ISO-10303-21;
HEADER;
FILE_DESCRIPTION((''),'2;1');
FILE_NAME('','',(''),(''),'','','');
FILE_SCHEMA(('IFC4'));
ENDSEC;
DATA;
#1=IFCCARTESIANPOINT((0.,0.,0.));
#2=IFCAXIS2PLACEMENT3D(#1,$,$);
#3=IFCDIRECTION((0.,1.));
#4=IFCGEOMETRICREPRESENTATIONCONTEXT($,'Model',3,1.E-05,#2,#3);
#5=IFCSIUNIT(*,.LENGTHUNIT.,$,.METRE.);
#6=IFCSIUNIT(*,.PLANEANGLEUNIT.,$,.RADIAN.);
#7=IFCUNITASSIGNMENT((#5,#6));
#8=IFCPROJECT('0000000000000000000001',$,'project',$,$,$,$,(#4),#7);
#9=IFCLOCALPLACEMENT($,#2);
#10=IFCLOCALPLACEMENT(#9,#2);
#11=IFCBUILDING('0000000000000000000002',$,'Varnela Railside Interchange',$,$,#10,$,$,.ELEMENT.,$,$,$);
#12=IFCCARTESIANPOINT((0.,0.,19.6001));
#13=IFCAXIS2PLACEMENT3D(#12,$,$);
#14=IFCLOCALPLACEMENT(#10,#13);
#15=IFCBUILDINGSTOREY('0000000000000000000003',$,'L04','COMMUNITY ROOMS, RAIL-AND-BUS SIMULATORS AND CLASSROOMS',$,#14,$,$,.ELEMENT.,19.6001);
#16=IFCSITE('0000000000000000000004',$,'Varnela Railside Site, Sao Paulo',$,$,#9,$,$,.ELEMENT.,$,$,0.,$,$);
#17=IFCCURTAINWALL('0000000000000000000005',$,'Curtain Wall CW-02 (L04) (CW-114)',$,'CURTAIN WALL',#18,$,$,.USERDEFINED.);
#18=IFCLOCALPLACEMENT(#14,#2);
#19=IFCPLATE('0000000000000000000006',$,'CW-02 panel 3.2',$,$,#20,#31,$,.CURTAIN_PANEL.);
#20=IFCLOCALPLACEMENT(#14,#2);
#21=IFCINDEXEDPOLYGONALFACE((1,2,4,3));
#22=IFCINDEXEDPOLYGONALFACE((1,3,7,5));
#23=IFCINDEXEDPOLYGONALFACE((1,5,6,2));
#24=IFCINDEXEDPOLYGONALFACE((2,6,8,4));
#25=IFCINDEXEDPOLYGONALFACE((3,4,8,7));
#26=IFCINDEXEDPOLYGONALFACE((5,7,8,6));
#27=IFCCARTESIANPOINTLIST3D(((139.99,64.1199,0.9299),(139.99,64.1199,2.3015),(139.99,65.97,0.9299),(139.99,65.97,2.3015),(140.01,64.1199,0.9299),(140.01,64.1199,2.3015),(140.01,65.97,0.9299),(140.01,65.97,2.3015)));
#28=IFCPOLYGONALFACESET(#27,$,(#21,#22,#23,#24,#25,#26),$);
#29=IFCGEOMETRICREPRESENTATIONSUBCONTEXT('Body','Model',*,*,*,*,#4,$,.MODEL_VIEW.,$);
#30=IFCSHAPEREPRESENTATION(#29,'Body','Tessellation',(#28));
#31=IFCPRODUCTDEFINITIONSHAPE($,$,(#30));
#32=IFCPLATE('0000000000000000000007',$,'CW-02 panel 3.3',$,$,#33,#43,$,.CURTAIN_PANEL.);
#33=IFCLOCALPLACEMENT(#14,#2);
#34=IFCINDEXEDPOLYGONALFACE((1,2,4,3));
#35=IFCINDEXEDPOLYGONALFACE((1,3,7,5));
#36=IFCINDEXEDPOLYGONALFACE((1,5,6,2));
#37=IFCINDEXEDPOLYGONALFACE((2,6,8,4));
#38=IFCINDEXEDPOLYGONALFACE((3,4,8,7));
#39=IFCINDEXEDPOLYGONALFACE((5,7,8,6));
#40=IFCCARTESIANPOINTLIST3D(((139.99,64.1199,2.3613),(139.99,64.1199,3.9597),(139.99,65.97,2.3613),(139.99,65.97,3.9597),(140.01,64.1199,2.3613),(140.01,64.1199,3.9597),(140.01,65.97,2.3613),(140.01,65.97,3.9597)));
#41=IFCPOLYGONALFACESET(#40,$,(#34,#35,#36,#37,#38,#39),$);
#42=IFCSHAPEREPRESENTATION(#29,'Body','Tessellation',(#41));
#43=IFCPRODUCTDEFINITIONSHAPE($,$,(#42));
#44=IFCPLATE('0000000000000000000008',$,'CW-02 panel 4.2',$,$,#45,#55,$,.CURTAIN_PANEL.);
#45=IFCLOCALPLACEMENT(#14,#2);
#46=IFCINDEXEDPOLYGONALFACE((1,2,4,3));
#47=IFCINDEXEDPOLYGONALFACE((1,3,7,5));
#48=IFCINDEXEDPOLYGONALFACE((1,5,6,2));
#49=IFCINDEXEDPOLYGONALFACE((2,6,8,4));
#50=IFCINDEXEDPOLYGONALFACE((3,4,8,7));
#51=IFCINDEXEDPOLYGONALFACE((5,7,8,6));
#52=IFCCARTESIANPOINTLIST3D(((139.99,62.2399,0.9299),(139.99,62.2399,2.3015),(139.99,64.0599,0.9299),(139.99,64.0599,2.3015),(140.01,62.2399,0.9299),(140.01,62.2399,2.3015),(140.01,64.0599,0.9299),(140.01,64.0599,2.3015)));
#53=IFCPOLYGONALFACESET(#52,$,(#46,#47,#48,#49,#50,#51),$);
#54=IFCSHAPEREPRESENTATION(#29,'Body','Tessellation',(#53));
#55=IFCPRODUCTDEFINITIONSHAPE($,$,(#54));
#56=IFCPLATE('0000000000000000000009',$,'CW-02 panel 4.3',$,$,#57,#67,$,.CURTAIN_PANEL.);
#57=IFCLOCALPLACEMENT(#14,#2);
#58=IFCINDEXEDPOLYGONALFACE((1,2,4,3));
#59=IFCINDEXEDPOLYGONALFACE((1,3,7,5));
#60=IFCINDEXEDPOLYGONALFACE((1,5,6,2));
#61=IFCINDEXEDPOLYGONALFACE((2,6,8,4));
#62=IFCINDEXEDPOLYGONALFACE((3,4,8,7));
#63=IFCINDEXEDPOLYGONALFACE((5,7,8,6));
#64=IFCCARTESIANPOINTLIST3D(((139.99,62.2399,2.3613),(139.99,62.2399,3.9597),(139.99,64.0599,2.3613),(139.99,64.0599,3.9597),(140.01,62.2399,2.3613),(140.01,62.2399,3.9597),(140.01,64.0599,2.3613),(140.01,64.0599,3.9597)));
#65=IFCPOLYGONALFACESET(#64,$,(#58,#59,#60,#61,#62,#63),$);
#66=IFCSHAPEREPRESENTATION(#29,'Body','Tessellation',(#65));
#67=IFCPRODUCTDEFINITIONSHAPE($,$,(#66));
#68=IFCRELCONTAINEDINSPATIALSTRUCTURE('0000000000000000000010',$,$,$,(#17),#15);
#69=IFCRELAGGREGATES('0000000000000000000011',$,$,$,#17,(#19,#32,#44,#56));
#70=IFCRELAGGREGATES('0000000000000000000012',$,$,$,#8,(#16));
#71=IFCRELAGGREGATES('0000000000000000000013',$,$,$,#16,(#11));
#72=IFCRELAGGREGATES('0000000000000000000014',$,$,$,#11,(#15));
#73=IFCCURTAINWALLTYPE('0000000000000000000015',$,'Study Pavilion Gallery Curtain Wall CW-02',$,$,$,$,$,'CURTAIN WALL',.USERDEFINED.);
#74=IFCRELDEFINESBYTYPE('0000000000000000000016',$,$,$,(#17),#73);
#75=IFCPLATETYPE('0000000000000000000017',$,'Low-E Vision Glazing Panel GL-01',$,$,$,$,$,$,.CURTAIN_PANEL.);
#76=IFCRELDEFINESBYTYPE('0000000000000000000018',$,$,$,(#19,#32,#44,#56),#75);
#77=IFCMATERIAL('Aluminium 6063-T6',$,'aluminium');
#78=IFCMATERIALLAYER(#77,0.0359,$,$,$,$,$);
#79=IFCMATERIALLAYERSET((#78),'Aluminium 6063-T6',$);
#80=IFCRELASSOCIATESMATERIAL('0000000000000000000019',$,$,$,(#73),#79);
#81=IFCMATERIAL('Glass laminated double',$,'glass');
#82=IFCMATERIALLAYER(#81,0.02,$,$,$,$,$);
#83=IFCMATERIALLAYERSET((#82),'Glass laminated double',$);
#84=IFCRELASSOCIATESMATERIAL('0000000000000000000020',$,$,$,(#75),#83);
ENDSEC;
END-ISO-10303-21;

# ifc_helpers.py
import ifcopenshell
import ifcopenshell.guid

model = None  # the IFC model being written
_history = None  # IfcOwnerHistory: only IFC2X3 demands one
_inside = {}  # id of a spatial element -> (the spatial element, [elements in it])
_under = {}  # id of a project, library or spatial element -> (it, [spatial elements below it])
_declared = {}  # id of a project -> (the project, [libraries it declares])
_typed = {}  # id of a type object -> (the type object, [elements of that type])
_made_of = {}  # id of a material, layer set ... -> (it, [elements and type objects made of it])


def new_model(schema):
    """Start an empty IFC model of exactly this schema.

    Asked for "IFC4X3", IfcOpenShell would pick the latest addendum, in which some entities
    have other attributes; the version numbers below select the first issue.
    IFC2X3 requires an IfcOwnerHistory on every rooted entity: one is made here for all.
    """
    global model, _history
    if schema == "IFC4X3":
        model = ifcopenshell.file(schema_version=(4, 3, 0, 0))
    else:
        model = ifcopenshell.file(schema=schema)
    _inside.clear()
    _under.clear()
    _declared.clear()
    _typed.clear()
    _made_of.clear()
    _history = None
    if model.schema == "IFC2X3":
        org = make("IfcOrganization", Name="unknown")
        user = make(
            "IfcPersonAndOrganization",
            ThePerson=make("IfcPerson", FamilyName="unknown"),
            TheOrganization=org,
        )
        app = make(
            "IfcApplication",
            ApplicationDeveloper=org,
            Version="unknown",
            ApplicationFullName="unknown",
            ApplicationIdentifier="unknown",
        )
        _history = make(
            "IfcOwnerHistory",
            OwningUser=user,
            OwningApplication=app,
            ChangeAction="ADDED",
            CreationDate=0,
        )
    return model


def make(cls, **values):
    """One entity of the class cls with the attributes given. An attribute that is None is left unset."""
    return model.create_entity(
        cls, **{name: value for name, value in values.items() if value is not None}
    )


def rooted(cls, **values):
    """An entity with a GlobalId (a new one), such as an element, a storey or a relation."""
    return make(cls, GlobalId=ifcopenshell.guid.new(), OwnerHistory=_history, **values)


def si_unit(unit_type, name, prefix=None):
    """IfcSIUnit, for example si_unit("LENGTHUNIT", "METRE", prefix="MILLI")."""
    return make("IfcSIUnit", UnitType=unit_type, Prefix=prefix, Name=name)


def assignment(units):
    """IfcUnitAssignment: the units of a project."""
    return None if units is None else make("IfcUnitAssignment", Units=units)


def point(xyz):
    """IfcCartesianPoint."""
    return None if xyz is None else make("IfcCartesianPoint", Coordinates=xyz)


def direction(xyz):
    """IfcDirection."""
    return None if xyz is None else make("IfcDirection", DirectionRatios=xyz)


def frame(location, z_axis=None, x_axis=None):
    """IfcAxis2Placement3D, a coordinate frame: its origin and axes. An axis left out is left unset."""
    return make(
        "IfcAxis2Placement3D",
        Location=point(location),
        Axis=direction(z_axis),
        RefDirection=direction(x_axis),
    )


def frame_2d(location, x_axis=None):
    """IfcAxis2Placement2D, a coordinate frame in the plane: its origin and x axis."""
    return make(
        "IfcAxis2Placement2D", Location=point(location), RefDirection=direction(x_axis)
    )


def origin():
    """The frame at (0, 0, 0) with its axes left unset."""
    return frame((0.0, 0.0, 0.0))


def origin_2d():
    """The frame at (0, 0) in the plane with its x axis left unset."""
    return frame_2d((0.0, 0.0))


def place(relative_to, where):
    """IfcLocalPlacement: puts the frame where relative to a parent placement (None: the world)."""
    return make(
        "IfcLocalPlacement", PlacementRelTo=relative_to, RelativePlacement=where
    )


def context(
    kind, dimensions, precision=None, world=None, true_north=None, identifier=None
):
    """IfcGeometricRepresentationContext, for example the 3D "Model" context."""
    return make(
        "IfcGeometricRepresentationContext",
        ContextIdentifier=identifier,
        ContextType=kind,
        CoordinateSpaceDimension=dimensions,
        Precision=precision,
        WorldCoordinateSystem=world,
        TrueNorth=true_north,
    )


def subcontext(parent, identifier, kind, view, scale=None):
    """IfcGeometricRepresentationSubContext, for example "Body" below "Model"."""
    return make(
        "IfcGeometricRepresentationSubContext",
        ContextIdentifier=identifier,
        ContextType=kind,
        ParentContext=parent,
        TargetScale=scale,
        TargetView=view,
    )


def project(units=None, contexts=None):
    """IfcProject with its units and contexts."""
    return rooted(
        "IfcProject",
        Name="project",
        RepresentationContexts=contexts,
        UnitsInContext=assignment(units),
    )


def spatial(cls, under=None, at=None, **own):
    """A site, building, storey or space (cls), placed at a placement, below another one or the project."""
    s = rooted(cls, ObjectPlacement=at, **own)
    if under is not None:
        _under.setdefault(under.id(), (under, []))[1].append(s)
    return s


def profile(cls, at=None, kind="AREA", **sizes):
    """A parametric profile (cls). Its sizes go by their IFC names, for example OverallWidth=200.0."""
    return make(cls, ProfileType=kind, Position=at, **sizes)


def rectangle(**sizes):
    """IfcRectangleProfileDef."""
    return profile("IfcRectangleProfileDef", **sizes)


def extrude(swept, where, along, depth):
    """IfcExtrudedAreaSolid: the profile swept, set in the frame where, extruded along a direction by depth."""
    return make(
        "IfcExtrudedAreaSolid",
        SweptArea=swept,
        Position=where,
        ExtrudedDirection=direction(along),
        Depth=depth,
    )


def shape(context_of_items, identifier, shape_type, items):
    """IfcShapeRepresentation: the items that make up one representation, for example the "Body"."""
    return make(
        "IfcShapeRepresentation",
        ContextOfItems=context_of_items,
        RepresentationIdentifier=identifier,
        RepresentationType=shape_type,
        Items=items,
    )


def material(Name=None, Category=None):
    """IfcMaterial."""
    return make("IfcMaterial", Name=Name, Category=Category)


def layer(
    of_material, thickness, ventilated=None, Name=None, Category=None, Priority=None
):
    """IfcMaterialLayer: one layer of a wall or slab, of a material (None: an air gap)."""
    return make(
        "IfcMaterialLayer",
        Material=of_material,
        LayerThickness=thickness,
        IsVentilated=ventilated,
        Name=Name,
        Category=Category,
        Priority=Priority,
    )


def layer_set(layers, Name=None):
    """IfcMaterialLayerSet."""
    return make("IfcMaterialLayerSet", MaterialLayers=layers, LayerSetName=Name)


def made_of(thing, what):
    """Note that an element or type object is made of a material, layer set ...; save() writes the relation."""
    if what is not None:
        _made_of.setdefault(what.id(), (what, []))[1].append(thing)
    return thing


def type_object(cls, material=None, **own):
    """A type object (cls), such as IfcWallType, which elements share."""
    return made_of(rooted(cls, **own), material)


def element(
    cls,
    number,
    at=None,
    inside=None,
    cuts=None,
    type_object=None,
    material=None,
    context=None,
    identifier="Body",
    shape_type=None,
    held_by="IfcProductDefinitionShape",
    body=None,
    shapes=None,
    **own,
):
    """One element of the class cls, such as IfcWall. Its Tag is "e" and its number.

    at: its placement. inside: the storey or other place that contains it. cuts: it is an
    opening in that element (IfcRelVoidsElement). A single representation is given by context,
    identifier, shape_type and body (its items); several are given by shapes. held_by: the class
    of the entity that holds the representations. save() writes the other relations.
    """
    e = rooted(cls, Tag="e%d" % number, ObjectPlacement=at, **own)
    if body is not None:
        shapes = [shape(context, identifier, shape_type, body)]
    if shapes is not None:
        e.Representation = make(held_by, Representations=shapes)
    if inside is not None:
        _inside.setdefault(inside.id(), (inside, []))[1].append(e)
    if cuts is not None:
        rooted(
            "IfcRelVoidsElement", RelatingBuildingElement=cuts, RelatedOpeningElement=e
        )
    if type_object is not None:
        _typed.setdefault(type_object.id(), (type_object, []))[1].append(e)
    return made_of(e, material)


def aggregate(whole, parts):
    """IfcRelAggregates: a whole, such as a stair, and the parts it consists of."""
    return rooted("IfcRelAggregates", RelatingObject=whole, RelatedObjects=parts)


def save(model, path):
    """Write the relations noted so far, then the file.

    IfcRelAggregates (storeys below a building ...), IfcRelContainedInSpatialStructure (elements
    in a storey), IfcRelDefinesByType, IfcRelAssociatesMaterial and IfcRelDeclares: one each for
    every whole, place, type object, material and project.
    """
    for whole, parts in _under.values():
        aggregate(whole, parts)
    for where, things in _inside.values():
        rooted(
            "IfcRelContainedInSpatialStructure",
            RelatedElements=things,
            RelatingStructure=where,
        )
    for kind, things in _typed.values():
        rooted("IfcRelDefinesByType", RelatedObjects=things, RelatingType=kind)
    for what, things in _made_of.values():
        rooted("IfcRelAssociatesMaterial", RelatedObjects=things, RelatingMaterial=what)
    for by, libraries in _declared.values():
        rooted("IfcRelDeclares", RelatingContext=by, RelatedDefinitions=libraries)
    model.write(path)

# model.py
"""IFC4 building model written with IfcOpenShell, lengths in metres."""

from ifc_helpers import new_model, si_unit, direction, frame, origin, origin_2d, place, context, subcontext, project, spatial, rectangle, extrude, material, layer, layer_set, type_object, element, aggregate, save


model = new_model("IFC4")

# Units and contexts
model_context = context("Model", 3, precision=1e-05, world=origin(), true_north=direction((0.0, 1.0)))
body_context = subcontext(model_context, "Body", "Model", "MODEL_VIEW")
ifc_project = project(units=[si_unit("LENGTHUNIT", "METRE"), si_unit("PLANEANGLEUNIT", "RADIAN")], contexts=[model_context])

# Site, building, storey
site_placement = place(None, origin())
site = spatial("IfcSite", under=ifc_project, at=site_placement, Name="Varnela Railside Site, Sao Paulo", CompositionType="ELEMENT", RefElevation=0.0)
building_placement = place(site_placement, origin())
building = spatial("IfcBuilding", under=site, at=building_placement, Name="Varnela Railside Interchange", CompositionType="ELEMENT")
storey_placement = place(building_placement, frame((0.0, 0.0, 19.6001)))
storey = spatial("IfcBuildingStorey", under=building, at=storey_placement, Name="L04", Description="COMMUNITY ROOMS, RAIL-AND-BUS SIMULATORS AND CLASSROOMS", CompositionType="ELEMENT", Elevation=19.6001)

# Curtain wall, plates
ifc_material_1 = material(Name="Aluminium 6063-T6", Category="aluminium")
ifc_layer_1 = layer(ifc_material_1, 0.0359)
ifc_layer_set_1 = layer_set([ifc_layer_1], Name="Aluminium 6063-T6")
curtain_wall_type = type_object("IfcCurtainWallType", Name="Study Pavilion Gallery Curtain Wall CW-02", ElementType="CURTAIN WALL", PredefinedType="USERDEFINED", material=ifc_layer_set_1)
curtain_wall_placement = place(storey_placement, origin())
curtain_wall = element("IfcCurtainWall", 1, at=curtain_wall_placement, inside=storey, type_object=curtain_wall_type, Name="Curtain Wall CW-02 (L04) (CW-114)", ObjectType="CURTAIN WALL", PredefinedType="USERDEFINED")
ifc_material_2 = material(Name="Glass laminated double", Category="glass")
ifc_layer_2 = layer(ifc_material_2, 0.02)
ifc_layer_set_2 = layer_set([ifc_layer_2], Name="Glass laminated double")
plate_type = type_object("IfcPlateType", Name="Low-E Vision Glazing Panel GL-01", PredefinedType="CURTAIN_PANEL", material=ifc_layer_set_2)
plate_1_placement = place(storey_placement, frame((140.0, 65.0449, 0.9299), z_axis=(0.0, 0.0, 1.0), x_axis=(0.0, -1.0, 0.0)))
plate_1 = element("IfcPlate", 2, at=plate_1_placement, type_object=plate_type, Name="CW-02 panel 3.2", PredefinedType="CURTAIN_PANEL", context=body_context, shape_type="SweptSolid", body=[
    extrude(rectangle(XDim=1.8501, YDim=0.02, at=origin_2d()), origin(), (0.0, 0.0, 1.0), 1.3716),
])
plate_2_placement = place(storey_placement, frame((140.0, 65.0449, 2.3613), z_axis=(0.0, 0.0, 1.0), x_axis=(0.0, -1.0, 0.0)))
plate_2 = element("IfcPlate", 3, at=plate_2_placement, type_object=plate_type, Name="CW-02 panel 3.3", PredefinedType="CURTAIN_PANEL", context=body_context, shape_type="SweptSolid", body=[
    extrude(rectangle(XDim=1.8501, YDim=0.02, at=origin_2d()), origin(), (0.0, 0.0, 1.0), 1.5984),
])
plate_3_placement = place(storey_placement, frame((140.0, 63.1499, 0.9299), z_axis=(0.0, 0.0, 1.0), x_axis=(0.0, -1.0, 0.0)))
plate_3 = element("IfcPlate", 4, at=plate_3_placement, type_object=plate_type, Name="CW-02 panel 4.2", PredefinedType="CURTAIN_PANEL", context=body_context, shape_type="SweptSolid", body=[
    extrude(rectangle(XDim=1.8201, YDim=0.02, at=origin_2d()), origin(), (0.0, 0.0, 1.0), 1.3716),
])
plate_4_placement = place(storey_placement, frame((140.0, 63.1499, 2.3613), z_axis=(0.0, 0.0, 1.0), x_axis=(0.0, -1.0, 0.0)))
plate_4 = element("IfcPlate", 5, at=plate_4_placement, type_object=plate_type, Name="CW-02 panel 4.3", PredefinedType="CURTAIN_PANEL", context=body_context, shape_type="SweptSolid", body=[
    extrude(rectangle(XDim=1.8201, YDim=0.02, at=origin_2d()), origin(), (0.0, 0.0, 1.0), 1.5984),
])
aggregate(curtain_wall, [plate_1, plate_2, plate_3, plate_4])

save(model, "model.ifc")
